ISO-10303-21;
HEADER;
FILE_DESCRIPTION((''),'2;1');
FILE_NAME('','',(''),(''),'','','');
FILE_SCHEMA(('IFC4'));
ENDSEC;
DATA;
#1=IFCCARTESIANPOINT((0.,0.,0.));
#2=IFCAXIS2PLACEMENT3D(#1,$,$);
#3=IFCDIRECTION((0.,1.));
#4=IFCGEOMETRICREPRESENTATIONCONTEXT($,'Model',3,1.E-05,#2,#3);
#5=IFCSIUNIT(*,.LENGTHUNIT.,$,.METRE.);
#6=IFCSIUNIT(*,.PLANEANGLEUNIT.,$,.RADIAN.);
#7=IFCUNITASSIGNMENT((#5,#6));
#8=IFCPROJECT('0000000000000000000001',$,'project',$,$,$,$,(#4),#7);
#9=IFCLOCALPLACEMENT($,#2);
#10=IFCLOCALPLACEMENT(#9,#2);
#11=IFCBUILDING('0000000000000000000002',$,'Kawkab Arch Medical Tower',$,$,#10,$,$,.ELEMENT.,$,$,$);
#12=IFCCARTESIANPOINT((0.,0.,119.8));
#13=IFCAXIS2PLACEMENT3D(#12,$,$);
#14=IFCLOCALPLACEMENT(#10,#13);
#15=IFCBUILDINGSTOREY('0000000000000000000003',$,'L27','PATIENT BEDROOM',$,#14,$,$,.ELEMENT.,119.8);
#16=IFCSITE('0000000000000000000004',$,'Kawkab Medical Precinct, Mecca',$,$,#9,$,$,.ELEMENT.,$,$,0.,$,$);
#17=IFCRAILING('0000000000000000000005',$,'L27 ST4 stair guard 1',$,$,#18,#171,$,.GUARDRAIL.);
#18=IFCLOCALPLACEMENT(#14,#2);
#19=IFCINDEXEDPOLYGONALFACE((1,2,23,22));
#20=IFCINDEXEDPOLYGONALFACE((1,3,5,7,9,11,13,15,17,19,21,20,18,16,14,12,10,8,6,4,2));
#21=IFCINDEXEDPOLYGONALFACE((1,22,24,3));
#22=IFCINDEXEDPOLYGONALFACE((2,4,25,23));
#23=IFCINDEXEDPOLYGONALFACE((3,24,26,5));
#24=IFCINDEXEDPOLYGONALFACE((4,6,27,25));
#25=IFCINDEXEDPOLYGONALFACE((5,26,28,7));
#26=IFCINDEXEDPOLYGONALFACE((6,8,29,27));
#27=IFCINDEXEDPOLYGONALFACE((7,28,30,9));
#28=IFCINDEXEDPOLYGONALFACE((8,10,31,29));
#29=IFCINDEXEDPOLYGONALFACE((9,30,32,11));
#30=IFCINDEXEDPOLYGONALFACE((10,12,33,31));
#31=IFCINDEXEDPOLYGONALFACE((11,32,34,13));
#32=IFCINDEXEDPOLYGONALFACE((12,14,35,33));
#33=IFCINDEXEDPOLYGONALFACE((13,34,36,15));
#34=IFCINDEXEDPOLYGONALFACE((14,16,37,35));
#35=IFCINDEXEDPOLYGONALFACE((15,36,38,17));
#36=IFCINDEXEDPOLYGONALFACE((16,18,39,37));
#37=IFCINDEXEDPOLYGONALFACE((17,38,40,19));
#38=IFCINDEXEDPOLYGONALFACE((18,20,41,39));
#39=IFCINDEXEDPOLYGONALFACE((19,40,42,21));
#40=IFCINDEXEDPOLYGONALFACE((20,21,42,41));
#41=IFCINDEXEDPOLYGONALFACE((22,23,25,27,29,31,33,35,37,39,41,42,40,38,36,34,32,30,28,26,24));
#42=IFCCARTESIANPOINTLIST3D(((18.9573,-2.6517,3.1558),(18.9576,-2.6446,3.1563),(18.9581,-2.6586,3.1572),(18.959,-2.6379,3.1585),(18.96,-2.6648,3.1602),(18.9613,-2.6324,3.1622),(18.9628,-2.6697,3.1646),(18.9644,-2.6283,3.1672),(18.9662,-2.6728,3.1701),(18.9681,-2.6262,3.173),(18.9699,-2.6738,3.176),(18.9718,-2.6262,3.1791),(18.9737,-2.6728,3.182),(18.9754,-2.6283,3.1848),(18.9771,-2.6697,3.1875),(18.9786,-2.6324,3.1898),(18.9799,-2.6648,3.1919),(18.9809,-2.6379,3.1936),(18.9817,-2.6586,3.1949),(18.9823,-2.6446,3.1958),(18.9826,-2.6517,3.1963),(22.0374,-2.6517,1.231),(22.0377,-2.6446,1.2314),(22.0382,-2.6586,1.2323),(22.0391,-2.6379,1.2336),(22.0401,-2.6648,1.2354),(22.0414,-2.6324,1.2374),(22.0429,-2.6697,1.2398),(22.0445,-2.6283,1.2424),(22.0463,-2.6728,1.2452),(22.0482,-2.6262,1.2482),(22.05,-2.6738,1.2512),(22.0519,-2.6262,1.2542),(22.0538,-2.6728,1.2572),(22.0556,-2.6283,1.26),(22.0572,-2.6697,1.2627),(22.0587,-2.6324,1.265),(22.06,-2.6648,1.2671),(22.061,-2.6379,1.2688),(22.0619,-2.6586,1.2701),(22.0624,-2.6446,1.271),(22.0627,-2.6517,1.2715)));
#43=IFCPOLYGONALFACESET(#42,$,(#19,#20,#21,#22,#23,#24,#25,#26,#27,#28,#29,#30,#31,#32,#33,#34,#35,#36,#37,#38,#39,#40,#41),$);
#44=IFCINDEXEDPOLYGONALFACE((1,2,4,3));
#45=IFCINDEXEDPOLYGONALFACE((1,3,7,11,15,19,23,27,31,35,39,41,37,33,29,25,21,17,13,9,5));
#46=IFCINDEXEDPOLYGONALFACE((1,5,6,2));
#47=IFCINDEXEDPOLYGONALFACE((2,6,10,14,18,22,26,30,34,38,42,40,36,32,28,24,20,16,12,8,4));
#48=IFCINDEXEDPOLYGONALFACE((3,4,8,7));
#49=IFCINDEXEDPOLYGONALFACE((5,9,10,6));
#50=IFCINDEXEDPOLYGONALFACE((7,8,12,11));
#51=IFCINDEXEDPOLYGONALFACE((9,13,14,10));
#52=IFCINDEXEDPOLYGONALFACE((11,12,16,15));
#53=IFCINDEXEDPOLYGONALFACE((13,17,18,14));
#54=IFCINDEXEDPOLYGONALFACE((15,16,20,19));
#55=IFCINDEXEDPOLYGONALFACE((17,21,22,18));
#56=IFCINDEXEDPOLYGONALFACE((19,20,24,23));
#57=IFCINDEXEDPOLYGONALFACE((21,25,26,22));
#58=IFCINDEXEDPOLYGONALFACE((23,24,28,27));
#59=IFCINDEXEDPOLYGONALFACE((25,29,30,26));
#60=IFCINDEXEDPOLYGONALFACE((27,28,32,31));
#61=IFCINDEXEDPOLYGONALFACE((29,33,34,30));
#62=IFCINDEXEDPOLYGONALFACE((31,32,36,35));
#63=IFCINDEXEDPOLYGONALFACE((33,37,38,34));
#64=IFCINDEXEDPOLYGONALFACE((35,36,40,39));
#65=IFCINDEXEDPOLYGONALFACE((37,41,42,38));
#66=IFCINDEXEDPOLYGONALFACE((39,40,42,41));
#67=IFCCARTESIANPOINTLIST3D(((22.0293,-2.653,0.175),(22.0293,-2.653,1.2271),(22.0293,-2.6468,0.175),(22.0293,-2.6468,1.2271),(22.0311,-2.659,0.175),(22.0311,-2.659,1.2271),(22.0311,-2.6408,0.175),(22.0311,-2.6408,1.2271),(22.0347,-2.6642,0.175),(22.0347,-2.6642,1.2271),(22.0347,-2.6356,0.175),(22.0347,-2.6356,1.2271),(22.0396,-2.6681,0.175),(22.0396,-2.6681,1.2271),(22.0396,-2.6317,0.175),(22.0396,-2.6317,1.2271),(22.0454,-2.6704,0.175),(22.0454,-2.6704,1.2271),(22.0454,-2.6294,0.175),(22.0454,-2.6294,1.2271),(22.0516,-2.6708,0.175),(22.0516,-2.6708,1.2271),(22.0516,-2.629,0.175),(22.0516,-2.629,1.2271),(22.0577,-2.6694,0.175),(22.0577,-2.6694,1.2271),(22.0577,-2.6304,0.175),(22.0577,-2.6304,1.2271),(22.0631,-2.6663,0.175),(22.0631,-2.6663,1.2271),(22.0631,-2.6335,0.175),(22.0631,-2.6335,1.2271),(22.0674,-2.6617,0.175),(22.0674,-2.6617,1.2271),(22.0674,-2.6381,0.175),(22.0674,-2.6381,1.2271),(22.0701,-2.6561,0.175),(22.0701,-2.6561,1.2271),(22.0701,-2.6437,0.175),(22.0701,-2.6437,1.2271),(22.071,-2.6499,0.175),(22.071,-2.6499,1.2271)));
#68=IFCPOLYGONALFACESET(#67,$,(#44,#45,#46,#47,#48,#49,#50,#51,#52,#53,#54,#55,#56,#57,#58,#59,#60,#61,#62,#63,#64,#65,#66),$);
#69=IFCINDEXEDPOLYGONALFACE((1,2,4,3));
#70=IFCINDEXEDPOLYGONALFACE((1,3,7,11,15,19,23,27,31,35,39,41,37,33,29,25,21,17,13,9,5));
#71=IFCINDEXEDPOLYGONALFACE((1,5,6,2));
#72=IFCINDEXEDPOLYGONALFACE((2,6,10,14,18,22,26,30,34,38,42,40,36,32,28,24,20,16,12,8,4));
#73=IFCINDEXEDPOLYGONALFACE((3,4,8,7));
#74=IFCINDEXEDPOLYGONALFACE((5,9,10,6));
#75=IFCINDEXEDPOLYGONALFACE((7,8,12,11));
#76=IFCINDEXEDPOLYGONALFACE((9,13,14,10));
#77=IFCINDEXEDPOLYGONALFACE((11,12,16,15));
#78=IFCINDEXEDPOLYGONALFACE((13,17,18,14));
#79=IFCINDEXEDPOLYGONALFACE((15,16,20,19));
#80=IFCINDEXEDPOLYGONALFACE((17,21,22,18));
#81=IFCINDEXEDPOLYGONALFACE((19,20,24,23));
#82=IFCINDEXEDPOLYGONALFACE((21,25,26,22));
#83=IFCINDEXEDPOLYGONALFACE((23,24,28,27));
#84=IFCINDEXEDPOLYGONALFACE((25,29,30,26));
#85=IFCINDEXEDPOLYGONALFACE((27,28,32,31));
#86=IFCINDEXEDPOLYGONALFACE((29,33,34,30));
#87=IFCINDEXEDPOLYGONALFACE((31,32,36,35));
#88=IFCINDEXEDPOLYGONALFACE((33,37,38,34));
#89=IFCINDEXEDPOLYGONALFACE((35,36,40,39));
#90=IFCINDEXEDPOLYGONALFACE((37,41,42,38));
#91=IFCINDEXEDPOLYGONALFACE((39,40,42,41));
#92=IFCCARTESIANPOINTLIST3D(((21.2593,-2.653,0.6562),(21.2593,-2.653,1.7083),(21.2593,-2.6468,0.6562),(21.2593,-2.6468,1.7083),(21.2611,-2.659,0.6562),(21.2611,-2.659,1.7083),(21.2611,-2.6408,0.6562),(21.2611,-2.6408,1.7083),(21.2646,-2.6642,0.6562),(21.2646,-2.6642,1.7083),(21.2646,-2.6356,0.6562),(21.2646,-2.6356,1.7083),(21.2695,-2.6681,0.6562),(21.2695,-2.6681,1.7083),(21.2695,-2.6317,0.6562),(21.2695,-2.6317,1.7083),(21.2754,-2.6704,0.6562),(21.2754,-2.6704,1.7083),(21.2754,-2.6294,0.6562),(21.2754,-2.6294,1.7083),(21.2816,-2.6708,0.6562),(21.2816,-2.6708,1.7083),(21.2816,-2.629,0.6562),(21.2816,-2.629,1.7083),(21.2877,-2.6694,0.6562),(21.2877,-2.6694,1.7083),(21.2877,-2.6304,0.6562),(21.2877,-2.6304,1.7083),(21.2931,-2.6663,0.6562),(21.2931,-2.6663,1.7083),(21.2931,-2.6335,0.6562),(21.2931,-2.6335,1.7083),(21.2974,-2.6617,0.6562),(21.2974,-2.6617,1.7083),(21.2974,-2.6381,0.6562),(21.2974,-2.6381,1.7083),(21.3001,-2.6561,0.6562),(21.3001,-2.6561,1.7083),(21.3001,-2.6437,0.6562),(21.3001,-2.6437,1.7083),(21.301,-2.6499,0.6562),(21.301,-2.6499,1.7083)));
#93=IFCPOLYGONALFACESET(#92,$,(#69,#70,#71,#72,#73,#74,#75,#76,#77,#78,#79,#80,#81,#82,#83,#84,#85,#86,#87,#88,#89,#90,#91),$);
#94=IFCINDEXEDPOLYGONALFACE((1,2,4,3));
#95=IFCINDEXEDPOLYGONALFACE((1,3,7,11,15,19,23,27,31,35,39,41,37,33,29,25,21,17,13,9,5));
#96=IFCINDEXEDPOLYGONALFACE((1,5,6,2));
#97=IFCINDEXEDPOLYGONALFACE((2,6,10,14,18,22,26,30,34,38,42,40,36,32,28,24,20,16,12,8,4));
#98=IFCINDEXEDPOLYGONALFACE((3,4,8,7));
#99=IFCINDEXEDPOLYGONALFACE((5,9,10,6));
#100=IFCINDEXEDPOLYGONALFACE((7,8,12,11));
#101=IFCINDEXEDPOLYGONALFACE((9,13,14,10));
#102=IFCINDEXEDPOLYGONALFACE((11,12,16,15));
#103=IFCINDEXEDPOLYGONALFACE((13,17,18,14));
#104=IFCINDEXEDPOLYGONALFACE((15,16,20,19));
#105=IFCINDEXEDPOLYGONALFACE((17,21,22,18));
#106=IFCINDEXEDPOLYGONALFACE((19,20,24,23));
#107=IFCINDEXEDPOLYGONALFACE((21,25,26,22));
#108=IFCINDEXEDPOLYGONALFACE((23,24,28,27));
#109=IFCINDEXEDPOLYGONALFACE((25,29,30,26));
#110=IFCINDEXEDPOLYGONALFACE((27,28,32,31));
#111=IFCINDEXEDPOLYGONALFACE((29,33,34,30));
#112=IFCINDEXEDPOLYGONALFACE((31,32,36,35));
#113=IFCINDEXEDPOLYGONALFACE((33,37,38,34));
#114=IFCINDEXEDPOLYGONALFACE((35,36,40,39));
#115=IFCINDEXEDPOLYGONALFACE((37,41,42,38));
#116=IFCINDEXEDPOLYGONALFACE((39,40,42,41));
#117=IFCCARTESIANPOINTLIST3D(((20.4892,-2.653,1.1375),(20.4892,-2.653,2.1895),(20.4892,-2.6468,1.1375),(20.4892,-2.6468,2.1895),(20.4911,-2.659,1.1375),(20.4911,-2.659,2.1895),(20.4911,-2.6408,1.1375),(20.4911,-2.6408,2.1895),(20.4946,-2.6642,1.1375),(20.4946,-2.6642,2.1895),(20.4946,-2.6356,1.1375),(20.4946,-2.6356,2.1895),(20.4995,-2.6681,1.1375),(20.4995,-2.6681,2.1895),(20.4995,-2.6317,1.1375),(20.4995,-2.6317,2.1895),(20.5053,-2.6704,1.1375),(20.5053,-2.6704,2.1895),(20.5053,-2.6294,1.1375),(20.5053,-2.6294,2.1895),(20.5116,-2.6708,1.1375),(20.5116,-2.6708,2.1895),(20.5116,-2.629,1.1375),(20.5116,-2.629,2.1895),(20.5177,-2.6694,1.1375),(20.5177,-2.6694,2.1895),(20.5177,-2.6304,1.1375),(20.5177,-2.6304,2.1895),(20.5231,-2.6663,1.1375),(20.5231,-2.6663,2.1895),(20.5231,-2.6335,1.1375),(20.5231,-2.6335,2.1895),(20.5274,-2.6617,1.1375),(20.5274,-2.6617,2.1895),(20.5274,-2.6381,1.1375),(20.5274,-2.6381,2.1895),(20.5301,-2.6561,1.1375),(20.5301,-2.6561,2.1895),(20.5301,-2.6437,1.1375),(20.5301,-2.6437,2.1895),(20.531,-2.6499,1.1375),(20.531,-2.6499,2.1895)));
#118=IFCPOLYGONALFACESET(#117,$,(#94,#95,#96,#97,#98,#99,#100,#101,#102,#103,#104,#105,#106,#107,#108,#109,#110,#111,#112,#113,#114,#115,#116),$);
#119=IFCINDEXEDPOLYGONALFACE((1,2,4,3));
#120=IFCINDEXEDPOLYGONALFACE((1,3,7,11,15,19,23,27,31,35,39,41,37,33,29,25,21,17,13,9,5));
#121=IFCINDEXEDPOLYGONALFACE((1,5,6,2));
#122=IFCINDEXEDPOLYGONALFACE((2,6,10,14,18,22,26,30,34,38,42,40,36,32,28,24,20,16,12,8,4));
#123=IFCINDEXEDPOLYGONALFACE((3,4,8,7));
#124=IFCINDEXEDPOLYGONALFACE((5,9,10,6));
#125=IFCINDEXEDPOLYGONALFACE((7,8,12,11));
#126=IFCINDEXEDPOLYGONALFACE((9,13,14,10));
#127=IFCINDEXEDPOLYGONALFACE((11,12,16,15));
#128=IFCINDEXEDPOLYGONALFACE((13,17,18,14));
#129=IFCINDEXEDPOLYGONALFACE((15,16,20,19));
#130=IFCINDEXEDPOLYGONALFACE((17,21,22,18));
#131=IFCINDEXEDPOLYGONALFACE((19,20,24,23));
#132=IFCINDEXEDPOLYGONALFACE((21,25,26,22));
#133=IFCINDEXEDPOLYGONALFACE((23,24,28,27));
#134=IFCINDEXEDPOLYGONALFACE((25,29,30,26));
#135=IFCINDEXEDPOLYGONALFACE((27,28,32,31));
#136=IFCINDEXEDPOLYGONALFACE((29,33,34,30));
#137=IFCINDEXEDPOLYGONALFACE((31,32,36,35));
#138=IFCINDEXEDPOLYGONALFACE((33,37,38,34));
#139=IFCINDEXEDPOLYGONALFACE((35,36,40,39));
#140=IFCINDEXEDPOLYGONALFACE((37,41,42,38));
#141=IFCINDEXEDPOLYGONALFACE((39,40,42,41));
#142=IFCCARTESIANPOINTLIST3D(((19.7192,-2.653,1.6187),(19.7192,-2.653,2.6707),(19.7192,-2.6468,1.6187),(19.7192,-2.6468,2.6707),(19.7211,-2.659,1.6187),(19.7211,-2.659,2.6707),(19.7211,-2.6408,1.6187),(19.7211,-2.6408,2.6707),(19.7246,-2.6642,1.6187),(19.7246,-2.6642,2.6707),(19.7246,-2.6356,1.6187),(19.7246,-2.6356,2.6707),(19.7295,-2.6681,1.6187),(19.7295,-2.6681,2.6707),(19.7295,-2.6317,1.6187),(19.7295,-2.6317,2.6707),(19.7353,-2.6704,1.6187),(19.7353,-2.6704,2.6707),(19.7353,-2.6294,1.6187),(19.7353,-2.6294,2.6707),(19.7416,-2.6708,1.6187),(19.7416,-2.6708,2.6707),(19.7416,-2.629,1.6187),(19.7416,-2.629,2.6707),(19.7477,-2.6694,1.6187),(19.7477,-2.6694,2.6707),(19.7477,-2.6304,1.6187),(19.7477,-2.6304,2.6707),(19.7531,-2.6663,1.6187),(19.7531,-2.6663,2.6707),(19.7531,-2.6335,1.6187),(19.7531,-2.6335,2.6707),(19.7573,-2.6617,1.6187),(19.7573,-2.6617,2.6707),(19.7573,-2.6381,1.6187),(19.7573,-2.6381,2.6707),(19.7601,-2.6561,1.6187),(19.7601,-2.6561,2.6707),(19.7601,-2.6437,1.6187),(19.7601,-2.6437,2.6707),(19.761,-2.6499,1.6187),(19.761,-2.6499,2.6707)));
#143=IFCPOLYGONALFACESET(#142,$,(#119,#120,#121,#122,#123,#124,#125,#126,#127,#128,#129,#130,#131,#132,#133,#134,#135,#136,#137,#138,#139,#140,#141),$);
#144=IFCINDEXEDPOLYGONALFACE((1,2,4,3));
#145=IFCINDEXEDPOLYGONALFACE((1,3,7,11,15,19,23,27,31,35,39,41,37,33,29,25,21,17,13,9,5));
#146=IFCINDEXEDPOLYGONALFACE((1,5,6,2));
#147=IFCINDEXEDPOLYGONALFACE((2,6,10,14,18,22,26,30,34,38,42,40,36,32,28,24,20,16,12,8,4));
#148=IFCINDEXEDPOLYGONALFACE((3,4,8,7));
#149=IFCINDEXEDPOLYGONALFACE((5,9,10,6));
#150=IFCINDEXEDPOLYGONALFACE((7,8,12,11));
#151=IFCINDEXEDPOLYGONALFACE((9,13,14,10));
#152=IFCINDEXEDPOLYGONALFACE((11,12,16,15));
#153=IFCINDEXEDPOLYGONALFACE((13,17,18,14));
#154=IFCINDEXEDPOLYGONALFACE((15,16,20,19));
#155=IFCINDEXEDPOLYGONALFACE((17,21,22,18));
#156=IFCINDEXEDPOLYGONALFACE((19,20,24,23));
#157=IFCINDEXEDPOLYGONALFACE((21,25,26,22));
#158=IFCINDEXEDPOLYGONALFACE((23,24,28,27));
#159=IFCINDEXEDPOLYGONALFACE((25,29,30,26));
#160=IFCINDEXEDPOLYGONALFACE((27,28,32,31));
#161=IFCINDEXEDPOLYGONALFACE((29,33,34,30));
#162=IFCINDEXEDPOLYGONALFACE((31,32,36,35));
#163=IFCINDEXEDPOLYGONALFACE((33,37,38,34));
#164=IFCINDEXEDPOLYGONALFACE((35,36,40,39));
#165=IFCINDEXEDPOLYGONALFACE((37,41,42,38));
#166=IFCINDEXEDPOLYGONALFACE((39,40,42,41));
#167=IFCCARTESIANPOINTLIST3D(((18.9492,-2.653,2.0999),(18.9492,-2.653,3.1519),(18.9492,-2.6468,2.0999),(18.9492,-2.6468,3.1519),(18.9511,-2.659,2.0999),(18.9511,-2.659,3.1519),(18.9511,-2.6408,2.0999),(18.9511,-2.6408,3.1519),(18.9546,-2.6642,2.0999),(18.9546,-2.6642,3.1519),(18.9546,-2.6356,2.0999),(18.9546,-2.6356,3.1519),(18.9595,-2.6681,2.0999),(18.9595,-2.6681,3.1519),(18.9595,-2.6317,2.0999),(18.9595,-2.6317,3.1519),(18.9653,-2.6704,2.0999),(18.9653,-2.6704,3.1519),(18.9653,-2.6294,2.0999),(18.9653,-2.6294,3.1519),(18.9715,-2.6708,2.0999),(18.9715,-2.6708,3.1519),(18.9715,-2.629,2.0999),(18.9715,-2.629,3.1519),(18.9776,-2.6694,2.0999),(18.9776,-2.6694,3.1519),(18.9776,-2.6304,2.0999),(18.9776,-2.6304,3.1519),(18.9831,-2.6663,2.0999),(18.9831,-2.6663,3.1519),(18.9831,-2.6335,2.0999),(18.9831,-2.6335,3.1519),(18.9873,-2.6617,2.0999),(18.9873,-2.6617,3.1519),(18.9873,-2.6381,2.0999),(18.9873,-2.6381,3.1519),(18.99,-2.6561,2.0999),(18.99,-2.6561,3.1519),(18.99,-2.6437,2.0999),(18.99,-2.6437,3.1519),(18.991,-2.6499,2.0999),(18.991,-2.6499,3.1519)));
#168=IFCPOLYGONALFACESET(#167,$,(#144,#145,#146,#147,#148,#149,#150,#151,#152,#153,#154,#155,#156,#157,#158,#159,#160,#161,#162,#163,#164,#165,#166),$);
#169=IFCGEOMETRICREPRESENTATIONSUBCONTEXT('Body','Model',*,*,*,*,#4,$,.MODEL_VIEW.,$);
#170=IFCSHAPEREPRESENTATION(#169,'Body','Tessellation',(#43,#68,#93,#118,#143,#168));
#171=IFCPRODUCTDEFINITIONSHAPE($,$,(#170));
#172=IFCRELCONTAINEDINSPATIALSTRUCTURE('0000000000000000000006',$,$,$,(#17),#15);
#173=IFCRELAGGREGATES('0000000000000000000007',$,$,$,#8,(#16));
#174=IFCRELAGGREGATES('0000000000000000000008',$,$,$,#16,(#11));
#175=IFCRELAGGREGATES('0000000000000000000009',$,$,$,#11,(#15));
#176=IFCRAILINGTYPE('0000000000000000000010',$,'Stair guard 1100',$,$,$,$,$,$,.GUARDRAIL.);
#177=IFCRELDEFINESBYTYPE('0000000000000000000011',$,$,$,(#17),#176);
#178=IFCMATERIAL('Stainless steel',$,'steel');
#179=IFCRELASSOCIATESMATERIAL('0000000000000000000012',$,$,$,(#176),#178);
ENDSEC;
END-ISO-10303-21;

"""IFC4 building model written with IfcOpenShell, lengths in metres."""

from ifc_helpers import new_model, si_unit, direction, frame, origin, origin_2d, place, context, subcontext, project, spatial, circle, extrude, material, type_object, element, save


model = new_model("IFC4")

# Units and contexts
model_context = context("Model", 3, precision=1e-05, world=origin(), true_north=direction((0.0, 1.0)))
body_context = subcontext(model_context, "Body", "Model", "MODEL_VIEW")
ifc_project = project(units=[si_unit("LENGTHUNIT", "METRE"), si_unit("PLANEANGLEUNIT", "RADIAN")], contexts=[model_context])

# Site, building, storey
site_placement = place(None, origin())
site = spatial("IfcSite", under=ifc_project, at=site_placement, Name="Kawkab Medical Precinct, Mecca", CompositionType="ELEMENT", RefElevation=0.0)
building_placement = place(site_placement, origin())
building = spatial("IfcBuilding", under=site, at=building_placement, Name="Kawkab Arch Medical Tower", CompositionType="ELEMENT")
storey_placement = place(building_placement, frame((0.0, 0.0, 119.8)))
storey = spatial("IfcBuildingStorey", under=building, at=storey_placement, Name="L27", Description="PATIENT BEDROOM", CompositionType="ELEMENT", Elevation=119.8)

# Railing
ifc_material_1 = material(Name="Stainless steel", Category="steel")
railing_type_1 = type_object("IfcRailingType", Name="Stair guard 1100", PredefinedType="GUARDRAIL", material=ifc_material_1)
railing_1_placement = place(storey_placement, frame((22.05, -2.6499, 0.175)))
element("IfcRailing", 1, at=railing_1_placement, inside=storey, type_object=railing_type_1, Name="L27 ST4 stair guard 1", PredefinedType="GUARDRAIL", context=body_context, shape_type="SweptSolid", body=[
    extrude(circle(Radius=0.0239, at=origin_2d()), frame((0.0, 0.0, 1.0762), z_axis=(-0.848029, 0.0, 0.529951), x_axis=(0.0, -1.0, 0.0)), (0.0, 0.0, 1.0), 3.6321),
    extrude(circle(Radius=0.021, at=origin_2d()), origin(), (0.0, 0.0, 1.0), 1.052),
    extrude(circle(Radius=0.021, at=origin_2d()), frame((-0.77, 0.0, 0.4812)), (0.0, 0.0, 1.0), 1.052),
    extrude(circle(Radius=0.021, at=origin_2d()), frame((-1.54, 0.0, 0.9624)), (0.0, 0.0, 1.0), 1.052),
    extrude(circle(Radius=0.021, at=origin_2d()), frame((-2.3101, 0.0, 1.4436)), (0.0, 0.0, 1.0), 1.052),
    extrude(circle(Radius=0.021, at=origin_2d()), frame((-3.0801, 0.0, 1.9248)), (0.0, 0.0, 1.0), 1.052),
])

save(model, "model.ifc")
